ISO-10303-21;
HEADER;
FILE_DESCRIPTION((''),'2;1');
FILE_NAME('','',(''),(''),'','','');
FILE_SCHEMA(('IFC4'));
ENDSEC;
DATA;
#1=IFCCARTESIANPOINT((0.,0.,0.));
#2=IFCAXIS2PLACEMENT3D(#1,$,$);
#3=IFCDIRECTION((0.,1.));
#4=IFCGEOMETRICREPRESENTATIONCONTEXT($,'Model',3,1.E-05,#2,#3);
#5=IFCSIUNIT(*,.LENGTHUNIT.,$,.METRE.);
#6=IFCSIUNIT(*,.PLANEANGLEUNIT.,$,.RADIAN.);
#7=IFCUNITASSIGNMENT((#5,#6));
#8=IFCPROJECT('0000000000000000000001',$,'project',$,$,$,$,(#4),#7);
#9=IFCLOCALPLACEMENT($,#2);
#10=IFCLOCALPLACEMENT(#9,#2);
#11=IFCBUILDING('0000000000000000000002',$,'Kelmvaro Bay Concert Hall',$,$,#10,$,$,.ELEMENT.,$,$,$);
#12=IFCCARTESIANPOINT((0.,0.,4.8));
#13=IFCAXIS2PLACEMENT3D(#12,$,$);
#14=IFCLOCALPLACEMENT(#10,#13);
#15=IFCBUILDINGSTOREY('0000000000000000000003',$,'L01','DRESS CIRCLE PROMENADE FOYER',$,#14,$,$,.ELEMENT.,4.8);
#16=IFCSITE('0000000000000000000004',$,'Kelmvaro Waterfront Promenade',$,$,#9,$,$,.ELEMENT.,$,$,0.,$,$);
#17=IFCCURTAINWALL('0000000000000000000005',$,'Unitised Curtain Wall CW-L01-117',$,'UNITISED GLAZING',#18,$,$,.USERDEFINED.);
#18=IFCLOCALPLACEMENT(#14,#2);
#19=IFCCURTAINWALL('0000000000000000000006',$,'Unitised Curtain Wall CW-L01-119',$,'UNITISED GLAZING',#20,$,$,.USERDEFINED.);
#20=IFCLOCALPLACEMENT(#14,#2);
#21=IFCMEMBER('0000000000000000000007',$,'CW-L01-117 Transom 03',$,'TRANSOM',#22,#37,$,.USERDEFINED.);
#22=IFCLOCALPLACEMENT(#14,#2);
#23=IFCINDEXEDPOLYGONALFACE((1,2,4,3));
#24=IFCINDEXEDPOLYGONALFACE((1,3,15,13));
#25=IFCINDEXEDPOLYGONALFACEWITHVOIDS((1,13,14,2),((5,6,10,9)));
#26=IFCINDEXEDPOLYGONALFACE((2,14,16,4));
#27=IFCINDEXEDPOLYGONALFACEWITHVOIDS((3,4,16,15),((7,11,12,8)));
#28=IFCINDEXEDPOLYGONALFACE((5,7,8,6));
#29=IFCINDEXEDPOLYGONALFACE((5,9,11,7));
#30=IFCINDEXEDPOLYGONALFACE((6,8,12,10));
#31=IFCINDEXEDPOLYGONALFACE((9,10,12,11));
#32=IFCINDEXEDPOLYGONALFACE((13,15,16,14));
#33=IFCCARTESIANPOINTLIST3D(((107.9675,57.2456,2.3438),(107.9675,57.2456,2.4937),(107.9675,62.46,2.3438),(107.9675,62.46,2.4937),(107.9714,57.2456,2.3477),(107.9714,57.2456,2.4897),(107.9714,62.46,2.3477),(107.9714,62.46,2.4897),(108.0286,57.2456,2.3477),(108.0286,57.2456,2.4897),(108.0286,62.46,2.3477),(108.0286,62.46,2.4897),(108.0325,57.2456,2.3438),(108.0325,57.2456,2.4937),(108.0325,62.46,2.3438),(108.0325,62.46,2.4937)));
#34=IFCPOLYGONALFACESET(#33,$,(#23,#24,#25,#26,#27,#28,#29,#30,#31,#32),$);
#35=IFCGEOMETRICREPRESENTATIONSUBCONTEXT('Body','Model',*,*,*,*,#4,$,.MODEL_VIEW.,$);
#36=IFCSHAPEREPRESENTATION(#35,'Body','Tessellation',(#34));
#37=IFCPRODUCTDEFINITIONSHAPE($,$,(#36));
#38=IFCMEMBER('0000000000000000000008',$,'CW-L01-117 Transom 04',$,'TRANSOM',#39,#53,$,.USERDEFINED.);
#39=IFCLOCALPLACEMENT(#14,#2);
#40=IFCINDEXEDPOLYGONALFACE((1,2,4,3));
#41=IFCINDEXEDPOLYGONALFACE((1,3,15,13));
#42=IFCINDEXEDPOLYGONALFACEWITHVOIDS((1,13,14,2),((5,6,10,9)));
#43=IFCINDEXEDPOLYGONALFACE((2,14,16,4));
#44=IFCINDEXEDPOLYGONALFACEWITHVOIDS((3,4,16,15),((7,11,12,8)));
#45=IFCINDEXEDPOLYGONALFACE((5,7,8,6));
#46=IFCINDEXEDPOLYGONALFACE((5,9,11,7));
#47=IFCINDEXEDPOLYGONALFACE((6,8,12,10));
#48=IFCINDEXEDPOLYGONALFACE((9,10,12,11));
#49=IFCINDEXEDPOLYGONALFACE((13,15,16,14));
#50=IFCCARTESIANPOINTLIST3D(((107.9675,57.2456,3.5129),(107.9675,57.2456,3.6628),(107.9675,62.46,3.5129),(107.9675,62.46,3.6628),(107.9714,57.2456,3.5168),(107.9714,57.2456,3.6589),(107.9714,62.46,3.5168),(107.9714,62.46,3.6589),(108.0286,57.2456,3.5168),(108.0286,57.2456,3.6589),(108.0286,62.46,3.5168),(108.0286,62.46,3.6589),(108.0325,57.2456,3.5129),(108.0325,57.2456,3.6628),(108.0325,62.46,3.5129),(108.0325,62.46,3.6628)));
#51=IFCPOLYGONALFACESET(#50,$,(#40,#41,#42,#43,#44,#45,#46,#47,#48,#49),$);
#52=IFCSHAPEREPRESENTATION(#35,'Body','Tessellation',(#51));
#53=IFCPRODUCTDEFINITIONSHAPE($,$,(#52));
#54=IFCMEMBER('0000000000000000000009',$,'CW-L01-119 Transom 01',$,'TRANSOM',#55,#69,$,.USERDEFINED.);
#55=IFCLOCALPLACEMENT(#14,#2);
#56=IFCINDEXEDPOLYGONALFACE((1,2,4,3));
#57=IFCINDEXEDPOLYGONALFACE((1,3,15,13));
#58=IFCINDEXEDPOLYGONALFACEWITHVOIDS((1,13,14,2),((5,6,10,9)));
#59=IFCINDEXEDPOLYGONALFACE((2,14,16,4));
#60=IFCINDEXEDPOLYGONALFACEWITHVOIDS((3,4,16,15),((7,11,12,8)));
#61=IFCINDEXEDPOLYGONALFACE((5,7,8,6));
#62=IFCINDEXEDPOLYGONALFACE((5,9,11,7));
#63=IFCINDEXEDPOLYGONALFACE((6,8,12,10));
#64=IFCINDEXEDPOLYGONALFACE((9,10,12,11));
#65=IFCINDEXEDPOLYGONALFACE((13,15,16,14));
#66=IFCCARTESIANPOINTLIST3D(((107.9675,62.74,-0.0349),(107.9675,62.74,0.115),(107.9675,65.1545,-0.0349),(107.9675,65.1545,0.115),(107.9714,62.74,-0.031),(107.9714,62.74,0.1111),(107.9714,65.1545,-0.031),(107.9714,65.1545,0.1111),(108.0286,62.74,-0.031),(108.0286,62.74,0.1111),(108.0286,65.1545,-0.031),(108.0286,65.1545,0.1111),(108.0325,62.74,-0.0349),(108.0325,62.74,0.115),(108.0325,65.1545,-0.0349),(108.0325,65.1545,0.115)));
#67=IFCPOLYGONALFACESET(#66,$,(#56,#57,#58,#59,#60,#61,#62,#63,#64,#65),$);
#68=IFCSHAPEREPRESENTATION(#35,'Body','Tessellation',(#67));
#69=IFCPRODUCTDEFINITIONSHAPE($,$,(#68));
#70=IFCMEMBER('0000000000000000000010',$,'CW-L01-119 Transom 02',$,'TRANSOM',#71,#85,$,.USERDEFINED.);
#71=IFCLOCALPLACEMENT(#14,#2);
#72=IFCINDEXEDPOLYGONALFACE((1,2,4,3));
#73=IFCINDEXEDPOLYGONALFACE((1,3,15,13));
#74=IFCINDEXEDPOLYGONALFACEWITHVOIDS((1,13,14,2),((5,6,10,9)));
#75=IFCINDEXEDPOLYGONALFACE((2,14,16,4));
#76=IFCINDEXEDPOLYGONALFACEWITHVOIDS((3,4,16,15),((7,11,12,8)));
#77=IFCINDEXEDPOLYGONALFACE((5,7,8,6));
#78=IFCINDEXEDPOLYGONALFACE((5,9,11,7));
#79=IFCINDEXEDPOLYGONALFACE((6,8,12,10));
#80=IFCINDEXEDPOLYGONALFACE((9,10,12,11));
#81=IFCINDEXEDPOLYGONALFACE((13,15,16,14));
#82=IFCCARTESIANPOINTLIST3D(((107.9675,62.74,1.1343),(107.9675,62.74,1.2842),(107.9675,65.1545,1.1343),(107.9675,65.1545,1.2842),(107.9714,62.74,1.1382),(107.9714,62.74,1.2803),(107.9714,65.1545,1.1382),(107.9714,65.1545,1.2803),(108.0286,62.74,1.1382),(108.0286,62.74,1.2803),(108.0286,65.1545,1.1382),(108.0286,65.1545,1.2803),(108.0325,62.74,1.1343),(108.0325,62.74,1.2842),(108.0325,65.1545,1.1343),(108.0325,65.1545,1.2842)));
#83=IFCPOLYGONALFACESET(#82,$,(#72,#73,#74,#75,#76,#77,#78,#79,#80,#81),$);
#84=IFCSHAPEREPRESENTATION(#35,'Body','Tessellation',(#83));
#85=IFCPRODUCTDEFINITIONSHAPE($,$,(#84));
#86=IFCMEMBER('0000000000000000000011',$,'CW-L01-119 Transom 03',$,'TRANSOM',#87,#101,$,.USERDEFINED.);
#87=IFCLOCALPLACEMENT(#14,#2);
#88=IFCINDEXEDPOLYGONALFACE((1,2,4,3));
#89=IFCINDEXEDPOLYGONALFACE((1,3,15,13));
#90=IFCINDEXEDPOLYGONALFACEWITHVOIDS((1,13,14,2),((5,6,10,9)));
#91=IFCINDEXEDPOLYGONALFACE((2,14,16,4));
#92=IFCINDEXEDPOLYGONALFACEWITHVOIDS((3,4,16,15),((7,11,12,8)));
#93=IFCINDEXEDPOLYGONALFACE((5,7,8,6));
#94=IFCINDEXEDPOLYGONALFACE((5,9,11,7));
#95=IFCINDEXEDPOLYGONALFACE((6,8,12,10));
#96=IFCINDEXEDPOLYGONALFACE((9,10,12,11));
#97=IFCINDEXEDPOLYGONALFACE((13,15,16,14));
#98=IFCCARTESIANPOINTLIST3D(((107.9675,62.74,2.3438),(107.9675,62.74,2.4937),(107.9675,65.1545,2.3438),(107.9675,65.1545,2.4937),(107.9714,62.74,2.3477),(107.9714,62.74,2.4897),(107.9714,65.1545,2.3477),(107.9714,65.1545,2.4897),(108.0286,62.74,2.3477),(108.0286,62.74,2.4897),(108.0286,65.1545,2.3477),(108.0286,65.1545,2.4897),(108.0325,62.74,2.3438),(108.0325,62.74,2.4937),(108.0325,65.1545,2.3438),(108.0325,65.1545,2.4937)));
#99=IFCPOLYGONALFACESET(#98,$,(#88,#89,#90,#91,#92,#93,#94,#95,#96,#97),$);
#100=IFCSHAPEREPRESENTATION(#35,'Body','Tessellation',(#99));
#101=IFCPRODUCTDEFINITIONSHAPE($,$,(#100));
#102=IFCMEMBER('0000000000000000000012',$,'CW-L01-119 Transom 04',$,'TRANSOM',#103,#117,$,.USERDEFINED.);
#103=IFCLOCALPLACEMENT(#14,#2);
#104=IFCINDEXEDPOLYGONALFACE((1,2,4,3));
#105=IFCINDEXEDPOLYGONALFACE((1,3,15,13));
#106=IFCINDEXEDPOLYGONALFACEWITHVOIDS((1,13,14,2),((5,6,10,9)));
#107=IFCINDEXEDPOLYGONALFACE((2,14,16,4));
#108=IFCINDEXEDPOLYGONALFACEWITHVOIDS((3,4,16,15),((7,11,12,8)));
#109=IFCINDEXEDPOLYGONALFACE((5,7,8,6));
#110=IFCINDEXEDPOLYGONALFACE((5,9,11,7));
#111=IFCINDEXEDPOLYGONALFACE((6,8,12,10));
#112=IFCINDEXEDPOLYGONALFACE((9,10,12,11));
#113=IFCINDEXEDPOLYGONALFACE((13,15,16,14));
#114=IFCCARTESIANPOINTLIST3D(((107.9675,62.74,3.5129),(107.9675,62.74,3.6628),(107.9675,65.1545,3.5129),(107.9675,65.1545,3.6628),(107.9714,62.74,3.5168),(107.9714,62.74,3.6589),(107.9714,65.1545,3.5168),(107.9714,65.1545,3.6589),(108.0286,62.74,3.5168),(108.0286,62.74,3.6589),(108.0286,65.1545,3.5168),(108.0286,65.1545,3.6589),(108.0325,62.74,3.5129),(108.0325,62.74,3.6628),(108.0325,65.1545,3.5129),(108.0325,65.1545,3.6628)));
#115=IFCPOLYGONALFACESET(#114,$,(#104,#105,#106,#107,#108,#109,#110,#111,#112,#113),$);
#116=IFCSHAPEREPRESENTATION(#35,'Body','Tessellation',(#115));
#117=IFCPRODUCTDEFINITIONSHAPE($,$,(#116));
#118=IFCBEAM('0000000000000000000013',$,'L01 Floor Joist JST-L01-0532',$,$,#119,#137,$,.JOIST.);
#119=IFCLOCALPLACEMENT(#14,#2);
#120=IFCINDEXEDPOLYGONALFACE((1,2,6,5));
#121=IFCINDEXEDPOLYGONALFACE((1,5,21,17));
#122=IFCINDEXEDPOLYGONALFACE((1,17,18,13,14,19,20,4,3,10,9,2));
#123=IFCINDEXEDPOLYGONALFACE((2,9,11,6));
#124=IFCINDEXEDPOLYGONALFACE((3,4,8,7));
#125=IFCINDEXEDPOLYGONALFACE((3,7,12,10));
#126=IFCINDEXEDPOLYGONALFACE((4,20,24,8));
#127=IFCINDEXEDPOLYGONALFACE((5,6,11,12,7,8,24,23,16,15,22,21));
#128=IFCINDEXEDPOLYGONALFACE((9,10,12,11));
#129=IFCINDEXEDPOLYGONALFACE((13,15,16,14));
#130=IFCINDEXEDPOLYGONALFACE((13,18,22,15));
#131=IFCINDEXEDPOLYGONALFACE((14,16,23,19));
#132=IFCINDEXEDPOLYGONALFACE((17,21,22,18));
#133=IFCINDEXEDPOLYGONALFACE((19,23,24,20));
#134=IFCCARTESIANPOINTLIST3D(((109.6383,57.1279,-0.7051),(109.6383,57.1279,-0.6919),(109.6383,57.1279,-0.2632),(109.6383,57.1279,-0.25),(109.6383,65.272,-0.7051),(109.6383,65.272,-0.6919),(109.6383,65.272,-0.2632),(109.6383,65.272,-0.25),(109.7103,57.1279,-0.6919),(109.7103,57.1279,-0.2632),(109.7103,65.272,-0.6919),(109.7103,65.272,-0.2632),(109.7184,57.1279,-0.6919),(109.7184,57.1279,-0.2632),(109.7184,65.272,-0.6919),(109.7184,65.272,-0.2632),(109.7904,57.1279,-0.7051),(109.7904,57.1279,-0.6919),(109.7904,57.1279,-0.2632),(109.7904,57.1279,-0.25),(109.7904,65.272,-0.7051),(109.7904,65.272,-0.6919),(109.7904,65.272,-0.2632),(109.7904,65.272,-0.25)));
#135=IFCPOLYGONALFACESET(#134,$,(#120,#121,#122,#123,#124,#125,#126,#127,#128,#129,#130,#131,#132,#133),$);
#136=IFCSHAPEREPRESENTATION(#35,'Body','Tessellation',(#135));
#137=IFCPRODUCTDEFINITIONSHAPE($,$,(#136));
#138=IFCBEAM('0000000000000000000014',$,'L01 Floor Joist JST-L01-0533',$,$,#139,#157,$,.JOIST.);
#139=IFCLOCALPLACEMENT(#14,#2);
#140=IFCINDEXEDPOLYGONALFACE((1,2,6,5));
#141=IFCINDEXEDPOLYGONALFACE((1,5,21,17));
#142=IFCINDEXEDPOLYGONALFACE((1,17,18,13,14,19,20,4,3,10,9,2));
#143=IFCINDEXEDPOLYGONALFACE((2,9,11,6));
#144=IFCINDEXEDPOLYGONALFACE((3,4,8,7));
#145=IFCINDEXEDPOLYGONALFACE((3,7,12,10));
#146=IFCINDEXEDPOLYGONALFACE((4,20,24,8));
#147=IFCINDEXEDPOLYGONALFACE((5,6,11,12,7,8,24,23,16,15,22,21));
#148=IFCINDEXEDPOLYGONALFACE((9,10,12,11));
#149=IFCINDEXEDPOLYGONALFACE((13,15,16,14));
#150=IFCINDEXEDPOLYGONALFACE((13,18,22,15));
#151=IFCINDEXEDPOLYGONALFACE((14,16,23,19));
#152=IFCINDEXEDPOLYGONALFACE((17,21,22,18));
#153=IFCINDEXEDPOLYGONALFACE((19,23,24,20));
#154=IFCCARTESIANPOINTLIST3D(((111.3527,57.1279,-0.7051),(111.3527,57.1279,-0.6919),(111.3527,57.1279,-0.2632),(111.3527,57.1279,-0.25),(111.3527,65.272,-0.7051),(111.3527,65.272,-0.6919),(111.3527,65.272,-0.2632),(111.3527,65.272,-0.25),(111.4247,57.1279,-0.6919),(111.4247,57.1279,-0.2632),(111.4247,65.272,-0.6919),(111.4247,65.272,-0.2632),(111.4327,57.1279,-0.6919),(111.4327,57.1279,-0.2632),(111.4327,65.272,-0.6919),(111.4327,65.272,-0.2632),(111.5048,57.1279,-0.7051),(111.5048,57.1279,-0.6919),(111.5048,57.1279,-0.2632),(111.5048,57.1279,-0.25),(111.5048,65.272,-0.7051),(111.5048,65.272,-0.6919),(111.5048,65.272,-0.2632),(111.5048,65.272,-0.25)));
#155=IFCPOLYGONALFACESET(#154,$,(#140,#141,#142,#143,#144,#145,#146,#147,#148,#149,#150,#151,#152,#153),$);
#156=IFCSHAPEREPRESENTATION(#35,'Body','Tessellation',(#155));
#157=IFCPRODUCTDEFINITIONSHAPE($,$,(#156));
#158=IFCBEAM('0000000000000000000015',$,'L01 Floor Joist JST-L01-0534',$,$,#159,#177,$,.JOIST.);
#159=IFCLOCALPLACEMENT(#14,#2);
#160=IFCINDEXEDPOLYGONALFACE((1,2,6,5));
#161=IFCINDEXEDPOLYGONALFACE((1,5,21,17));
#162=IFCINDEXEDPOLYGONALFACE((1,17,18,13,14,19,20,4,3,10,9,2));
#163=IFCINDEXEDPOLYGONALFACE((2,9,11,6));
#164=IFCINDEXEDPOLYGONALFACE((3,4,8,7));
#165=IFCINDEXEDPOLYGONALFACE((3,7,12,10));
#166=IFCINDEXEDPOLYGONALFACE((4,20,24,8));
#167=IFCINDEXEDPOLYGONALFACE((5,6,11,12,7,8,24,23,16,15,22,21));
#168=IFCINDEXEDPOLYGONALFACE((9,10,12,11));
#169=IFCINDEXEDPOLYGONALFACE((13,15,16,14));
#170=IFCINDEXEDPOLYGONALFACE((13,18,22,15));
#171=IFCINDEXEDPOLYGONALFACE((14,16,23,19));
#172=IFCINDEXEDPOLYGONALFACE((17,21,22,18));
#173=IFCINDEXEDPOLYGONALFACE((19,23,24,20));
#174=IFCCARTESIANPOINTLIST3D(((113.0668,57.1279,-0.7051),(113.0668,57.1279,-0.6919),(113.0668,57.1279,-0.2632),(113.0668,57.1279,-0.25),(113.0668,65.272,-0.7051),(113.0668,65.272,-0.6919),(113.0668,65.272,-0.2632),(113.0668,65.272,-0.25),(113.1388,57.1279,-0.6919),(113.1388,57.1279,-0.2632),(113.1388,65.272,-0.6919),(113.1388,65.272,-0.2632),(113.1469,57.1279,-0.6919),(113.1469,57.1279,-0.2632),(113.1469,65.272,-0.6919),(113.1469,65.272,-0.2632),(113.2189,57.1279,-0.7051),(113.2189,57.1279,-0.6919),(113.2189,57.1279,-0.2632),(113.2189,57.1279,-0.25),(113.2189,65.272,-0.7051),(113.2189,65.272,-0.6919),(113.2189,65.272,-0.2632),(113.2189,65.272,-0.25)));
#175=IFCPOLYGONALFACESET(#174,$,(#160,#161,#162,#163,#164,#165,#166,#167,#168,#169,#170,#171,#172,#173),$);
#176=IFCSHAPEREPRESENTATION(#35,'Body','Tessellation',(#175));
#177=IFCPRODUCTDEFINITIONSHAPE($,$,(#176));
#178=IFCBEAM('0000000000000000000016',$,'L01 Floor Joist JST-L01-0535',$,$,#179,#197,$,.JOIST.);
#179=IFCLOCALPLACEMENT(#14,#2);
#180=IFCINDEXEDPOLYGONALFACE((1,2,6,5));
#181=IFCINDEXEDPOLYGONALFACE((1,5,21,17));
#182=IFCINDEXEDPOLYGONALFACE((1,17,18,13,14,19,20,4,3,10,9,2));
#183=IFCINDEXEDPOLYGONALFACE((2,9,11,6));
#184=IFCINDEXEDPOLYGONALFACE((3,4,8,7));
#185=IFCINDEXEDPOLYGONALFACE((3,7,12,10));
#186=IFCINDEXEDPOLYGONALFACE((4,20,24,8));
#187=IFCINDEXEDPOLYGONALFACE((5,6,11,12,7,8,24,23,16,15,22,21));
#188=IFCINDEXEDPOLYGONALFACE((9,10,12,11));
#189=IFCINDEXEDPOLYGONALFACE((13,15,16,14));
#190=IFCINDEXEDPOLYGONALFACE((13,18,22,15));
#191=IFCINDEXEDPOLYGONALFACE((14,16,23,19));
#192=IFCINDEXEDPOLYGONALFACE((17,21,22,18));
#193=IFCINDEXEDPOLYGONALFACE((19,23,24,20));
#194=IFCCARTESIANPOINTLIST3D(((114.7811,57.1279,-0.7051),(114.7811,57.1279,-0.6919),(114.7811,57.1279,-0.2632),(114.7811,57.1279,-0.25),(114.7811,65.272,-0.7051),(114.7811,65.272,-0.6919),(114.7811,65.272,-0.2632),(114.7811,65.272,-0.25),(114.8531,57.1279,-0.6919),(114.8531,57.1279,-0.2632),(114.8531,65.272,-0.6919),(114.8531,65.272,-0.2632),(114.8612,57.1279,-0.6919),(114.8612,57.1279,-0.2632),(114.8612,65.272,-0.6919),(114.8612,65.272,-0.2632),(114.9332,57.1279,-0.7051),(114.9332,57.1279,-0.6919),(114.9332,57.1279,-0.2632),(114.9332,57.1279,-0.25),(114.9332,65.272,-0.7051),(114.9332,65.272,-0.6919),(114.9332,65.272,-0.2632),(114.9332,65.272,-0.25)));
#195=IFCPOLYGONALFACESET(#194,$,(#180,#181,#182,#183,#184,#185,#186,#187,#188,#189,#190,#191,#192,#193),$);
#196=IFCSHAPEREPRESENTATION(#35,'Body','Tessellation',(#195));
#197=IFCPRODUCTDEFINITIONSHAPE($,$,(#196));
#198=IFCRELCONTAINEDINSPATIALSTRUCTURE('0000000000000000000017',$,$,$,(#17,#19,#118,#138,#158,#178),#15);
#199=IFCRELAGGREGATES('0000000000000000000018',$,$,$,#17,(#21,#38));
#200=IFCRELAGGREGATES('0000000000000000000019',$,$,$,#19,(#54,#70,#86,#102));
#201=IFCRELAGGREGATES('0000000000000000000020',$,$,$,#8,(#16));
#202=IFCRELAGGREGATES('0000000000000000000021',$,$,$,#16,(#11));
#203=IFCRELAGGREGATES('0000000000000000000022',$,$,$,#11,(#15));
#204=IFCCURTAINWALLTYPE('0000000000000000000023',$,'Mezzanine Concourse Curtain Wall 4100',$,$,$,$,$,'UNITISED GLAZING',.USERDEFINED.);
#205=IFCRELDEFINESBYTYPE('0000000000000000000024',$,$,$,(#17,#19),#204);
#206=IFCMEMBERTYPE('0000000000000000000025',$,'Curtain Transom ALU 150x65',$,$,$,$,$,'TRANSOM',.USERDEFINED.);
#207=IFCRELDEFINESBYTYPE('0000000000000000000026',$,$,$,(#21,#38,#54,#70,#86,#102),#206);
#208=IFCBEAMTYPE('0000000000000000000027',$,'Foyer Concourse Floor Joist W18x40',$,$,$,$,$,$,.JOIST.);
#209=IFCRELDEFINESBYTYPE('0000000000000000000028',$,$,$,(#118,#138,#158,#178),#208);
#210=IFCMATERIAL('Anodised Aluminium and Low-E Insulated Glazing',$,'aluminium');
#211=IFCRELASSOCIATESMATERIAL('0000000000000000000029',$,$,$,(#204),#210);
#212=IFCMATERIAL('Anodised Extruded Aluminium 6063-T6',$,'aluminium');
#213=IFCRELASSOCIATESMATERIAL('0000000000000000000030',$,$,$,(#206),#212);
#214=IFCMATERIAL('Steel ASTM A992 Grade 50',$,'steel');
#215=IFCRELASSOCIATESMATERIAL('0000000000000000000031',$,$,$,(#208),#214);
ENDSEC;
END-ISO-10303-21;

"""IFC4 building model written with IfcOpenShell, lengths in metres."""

from ifc_helpers import new_model, si_unit, direction, frame, origin, origin_2d, place, context, subcontext, project, spatial, hollow_rectangle, i_section, extrude, material, material_profile, profile_set, type_object, element, aggregate, save


model = new_model("IFC4")

# Units and contexts
model_context = context("Model", 3, precision=1e-05, world=origin(), true_north=direction((0.0, 1.0)))
body_context = subcontext(model_context, "Body", "Model", "MODEL_VIEW")
ifc_project = project(units=[si_unit("LENGTHUNIT", "METRE"), si_unit("PLANEANGLEUNIT", "RADIAN")], contexts=[model_context])

# Site, building, storey
site_placement = place(None, origin())
site = spatial("IfcSite", under=ifc_project, at=site_placement, Name="Kelmvaro Waterfront Promenade", CompositionType="ELEMENT", RefElevation=0.0)
building_placement = place(site_placement, origin())
building = spatial("IfcBuilding", under=site, at=building_placement, Name="Kelmvaro Bay Concert Hall", CompositionType="ELEMENT")
storey_placement = place(building_placement, frame((0.0, 0.0, 4.8)))
storey = spatial("IfcBuildingStorey", under=building, at=storey_placement, Name="L01", Description="DRESS CIRCLE PROMENADE FOYER", CompositionType="ELEMENT", Elevation=4.8)

# Curtain walls
ifc_material_1 = material(Name="Anodised Aluminium and Low-E Insulated Glazing", Category="aluminium")
curtain_wall_type = type_object("IfcCurtainWallType", Name="Mezzanine Concourse Curtain Wall 4100", ElementType="UNITISED GLAZING", PredefinedType="USERDEFINED", material=ifc_material_1)
curtain_wall_1_placement = place(storey_placement, origin())
curtain_wall_1 = element("IfcCurtainWall", 1, at=curtain_wall_1_placement, inside=storey, type_object=curtain_wall_type, Name="Unitised Curtain Wall CW-L01-117", ObjectType="UNITISED GLAZING", PredefinedType="USERDEFINED")
curtain_wall_2_placement = place(storey_placement, origin())
curtain_wall_2 = element("IfcCurtainWall", 2, at=curtain_wall_2_placement, inside=storey, type_object=curtain_wall_type, Name="Unitised Curtain Wall CW-L01-119", ObjectType="UNITISED GLAZING", PredefinedType="USERDEFINED")

# Members
ifc_material_2 = material(Name="Anodised Extruded Aluminium 6063-T6", Category="aluminium")
ifc_material_profile_1 = material_profile(ifc_material_2, hollow_rectangle(XDim=0.0649, YDim=0.1499, WallThickness=0.0039, at=origin_2d()), Name="ALU-TRN-150X65")
ifc_profile_set_1 = profile_set([ifc_material_profile_1], Name="Anodised Extruded Aluminium 6063-T6")
member_type_1 = type_object("IfcMemberType", Name="Curtain Transom ALU 150x65", ElementType="TRANSOM", PredefinedType="USERDEFINED", material=ifc_profile_set_1)
member_1_placement = place(storey_placement, frame((108.0, 57.2456, 2.4187), z_axis=(0.0, 1.0, 0.0), x_axis=(-1.0, 0.0, 0.0)))
member_1 = element("IfcMember", 3, at=member_1_placement, type_object=member_type_1, Name="CW-L01-117 Transom 03", ObjectType="TRANSOM", PredefinedType="USERDEFINED", context=body_context, shape_type="SweptSolid", body=[
    extrude(hollow_rectangle(XDim=0.0649, YDim=0.1499, WallThickness=0.0039, at=origin_2d()), origin(), (0.0, 0.0, 1.0), 5.2144),
])
member_2_placement = place(storey_placement, frame((108.0, 57.2456, 3.5879), z_axis=(0.0, 1.0, 0.0), x_axis=(-1.0, 0.0, 0.0)))
member_2 = element("IfcMember", 4, at=member_2_placement, type_object=member_type_1, Name="CW-L01-117 Transom 04", ObjectType="TRANSOM", PredefinedType="USERDEFINED", context=body_context, shape_type="SweptSolid", body=[
    extrude(hollow_rectangle(XDim=0.0649, YDim=0.1499, WallThickness=0.0039, at=origin_2d()), origin(), (0.0, 0.0, 1.0), 5.2144),
])
member_3_placement = place(storey_placement, frame((108.0, 62.74, 0.04), z_axis=(0.0, 1.0, 0.0), x_axis=(-1.0, 0.0, 0.0)))
member_3 = element("IfcMember", 5, at=member_3_placement, type_object=member_type_1, Name="CW-L01-119 Transom 01", ObjectType="TRANSOM", PredefinedType="USERDEFINED", context=body_context, shape_type="SweptSolid", body=[
    extrude(hollow_rectangle(XDim=0.0649, YDim=0.1499, WallThickness=0.0039, at=origin_2d()), origin(), (0.0, 0.0, 1.0), 2.4146),
])
member_4_placement = place(storey_placement, frame((108.0, 62.74, 1.2092), z_axis=(0.0, 1.0, 0.0), x_axis=(-1.0, 0.0, 0.0)))
member_4 = element("IfcMember", 6, at=member_4_placement, type_object=member_type_1, Name="CW-L01-119 Transom 02", ObjectType="TRANSOM", PredefinedType="USERDEFINED", context=body_context, shape_type="SweptSolid", body=[
    extrude(hollow_rectangle(XDim=0.0649, YDim=0.1499, WallThickness=0.0039, at=origin_2d()), origin(), (0.0, 0.0, 1.0), 2.4146),
])
member_5_placement = place(storey_placement, frame((108.0, 62.74, 2.4187), z_axis=(0.0, 1.0, 0.0), x_axis=(-1.0, 0.0, 0.0)))
member_5 = element("IfcMember", 7, at=member_5_placement, type_object=member_type_1, Name="CW-L01-119 Transom 03", ObjectType="TRANSOM", PredefinedType="USERDEFINED", context=body_context, shape_type="SweptSolid", body=[
    extrude(hollow_rectangle(XDim=0.0649, YDim=0.1499, WallThickness=0.0039, at=origin_2d()), origin(), (0.0, 0.0, 1.0), 2.4146),
])
member_6_placement = place(storey_placement, frame((108.0, 62.74, 3.5879), z_axis=(0.0, 1.0, 0.0), x_axis=(-1.0, 0.0, 0.0)))
member_6 = element("IfcMember", 8, at=member_6_placement, type_object=member_type_1, Name="CW-L01-119 Transom 04", ObjectType="TRANSOM", PredefinedType="USERDEFINED", context=body_context, shape_type="SweptSolid", body=[
    extrude(hollow_rectangle(XDim=0.0649, YDim=0.1499, WallThickness=0.0039, at=origin_2d()), origin(), (0.0, 0.0, 1.0), 2.4146),
])

# Beams
ifc_material_3 = material(Name="Steel ASTM A992 Grade 50", Category="steel")
ifc_material_profile_2 = material_profile(ifc_material_3, i_section(OverallWidth=0.1521, OverallDepth=0.4551, WebThickness=0.0081, FlangeThickness=0.0132, at=origin_2d()), Name="W18X40")
ifc_profile_set_2 = profile_set([ifc_material_profile_2], Name="Steel ASTM A992 Grade 50")
beam_type_1 = type_object("IfcBeamType", Name="Foyer Concourse Floor Joist W18x40", PredefinedType="JOIST", material=ifc_profile_set_2)
for number, where, z_axis, x_axis, name in (
    (9, (109.7144, 57.1279, -0.4775), (0.0, 1.0, 0.0), (-1.0, 0.0, 0.0), "L01 Floor Joist JST-L01-0532"),
    (10, (111.4287, 57.1279, -0.4775), (0.0, 1.0, 0.0), (-1.0, 0.0, 0.0), "L01 Floor Joist JST-L01-0533"),
    (11, (113.1428, 57.1279, -0.4775), (0.0, 1.0, 0.0), (-1.0, 0.0, 0.0), "L01 Floor Joist JST-L01-0534"),
    (12, (114.8572, 57.1279, -0.4775), (0.0, 1.0, 0.0), (-1.0, 0.0, 0.0), "L01 Floor Joist JST-L01-0535"),
):
    element("IfcBeam", number, at=place(storey_placement, frame(where, z_axis=z_axis, x_axis=x_axis)), inside=storey, type_object=beam_type_1, Name=name, PredefinedType="JOIST", context=body_context, shape_type="SweptSolid", body=[
        extrude(i_section(OverallWidth=0.1521, OverallDepth=0.4551, WebThickness=0.0081, FlangeThickness=0.0132, at=origin_2d()), origin(), (0.0, 0.0, 1.0), 8.144),
    ])

aggregate(curtain_wall_1, [member_1, member_2])
aggregate(curtain_wall_2, [member_3, member_4, member_5, member_6])

save(model, "model.ifc")
